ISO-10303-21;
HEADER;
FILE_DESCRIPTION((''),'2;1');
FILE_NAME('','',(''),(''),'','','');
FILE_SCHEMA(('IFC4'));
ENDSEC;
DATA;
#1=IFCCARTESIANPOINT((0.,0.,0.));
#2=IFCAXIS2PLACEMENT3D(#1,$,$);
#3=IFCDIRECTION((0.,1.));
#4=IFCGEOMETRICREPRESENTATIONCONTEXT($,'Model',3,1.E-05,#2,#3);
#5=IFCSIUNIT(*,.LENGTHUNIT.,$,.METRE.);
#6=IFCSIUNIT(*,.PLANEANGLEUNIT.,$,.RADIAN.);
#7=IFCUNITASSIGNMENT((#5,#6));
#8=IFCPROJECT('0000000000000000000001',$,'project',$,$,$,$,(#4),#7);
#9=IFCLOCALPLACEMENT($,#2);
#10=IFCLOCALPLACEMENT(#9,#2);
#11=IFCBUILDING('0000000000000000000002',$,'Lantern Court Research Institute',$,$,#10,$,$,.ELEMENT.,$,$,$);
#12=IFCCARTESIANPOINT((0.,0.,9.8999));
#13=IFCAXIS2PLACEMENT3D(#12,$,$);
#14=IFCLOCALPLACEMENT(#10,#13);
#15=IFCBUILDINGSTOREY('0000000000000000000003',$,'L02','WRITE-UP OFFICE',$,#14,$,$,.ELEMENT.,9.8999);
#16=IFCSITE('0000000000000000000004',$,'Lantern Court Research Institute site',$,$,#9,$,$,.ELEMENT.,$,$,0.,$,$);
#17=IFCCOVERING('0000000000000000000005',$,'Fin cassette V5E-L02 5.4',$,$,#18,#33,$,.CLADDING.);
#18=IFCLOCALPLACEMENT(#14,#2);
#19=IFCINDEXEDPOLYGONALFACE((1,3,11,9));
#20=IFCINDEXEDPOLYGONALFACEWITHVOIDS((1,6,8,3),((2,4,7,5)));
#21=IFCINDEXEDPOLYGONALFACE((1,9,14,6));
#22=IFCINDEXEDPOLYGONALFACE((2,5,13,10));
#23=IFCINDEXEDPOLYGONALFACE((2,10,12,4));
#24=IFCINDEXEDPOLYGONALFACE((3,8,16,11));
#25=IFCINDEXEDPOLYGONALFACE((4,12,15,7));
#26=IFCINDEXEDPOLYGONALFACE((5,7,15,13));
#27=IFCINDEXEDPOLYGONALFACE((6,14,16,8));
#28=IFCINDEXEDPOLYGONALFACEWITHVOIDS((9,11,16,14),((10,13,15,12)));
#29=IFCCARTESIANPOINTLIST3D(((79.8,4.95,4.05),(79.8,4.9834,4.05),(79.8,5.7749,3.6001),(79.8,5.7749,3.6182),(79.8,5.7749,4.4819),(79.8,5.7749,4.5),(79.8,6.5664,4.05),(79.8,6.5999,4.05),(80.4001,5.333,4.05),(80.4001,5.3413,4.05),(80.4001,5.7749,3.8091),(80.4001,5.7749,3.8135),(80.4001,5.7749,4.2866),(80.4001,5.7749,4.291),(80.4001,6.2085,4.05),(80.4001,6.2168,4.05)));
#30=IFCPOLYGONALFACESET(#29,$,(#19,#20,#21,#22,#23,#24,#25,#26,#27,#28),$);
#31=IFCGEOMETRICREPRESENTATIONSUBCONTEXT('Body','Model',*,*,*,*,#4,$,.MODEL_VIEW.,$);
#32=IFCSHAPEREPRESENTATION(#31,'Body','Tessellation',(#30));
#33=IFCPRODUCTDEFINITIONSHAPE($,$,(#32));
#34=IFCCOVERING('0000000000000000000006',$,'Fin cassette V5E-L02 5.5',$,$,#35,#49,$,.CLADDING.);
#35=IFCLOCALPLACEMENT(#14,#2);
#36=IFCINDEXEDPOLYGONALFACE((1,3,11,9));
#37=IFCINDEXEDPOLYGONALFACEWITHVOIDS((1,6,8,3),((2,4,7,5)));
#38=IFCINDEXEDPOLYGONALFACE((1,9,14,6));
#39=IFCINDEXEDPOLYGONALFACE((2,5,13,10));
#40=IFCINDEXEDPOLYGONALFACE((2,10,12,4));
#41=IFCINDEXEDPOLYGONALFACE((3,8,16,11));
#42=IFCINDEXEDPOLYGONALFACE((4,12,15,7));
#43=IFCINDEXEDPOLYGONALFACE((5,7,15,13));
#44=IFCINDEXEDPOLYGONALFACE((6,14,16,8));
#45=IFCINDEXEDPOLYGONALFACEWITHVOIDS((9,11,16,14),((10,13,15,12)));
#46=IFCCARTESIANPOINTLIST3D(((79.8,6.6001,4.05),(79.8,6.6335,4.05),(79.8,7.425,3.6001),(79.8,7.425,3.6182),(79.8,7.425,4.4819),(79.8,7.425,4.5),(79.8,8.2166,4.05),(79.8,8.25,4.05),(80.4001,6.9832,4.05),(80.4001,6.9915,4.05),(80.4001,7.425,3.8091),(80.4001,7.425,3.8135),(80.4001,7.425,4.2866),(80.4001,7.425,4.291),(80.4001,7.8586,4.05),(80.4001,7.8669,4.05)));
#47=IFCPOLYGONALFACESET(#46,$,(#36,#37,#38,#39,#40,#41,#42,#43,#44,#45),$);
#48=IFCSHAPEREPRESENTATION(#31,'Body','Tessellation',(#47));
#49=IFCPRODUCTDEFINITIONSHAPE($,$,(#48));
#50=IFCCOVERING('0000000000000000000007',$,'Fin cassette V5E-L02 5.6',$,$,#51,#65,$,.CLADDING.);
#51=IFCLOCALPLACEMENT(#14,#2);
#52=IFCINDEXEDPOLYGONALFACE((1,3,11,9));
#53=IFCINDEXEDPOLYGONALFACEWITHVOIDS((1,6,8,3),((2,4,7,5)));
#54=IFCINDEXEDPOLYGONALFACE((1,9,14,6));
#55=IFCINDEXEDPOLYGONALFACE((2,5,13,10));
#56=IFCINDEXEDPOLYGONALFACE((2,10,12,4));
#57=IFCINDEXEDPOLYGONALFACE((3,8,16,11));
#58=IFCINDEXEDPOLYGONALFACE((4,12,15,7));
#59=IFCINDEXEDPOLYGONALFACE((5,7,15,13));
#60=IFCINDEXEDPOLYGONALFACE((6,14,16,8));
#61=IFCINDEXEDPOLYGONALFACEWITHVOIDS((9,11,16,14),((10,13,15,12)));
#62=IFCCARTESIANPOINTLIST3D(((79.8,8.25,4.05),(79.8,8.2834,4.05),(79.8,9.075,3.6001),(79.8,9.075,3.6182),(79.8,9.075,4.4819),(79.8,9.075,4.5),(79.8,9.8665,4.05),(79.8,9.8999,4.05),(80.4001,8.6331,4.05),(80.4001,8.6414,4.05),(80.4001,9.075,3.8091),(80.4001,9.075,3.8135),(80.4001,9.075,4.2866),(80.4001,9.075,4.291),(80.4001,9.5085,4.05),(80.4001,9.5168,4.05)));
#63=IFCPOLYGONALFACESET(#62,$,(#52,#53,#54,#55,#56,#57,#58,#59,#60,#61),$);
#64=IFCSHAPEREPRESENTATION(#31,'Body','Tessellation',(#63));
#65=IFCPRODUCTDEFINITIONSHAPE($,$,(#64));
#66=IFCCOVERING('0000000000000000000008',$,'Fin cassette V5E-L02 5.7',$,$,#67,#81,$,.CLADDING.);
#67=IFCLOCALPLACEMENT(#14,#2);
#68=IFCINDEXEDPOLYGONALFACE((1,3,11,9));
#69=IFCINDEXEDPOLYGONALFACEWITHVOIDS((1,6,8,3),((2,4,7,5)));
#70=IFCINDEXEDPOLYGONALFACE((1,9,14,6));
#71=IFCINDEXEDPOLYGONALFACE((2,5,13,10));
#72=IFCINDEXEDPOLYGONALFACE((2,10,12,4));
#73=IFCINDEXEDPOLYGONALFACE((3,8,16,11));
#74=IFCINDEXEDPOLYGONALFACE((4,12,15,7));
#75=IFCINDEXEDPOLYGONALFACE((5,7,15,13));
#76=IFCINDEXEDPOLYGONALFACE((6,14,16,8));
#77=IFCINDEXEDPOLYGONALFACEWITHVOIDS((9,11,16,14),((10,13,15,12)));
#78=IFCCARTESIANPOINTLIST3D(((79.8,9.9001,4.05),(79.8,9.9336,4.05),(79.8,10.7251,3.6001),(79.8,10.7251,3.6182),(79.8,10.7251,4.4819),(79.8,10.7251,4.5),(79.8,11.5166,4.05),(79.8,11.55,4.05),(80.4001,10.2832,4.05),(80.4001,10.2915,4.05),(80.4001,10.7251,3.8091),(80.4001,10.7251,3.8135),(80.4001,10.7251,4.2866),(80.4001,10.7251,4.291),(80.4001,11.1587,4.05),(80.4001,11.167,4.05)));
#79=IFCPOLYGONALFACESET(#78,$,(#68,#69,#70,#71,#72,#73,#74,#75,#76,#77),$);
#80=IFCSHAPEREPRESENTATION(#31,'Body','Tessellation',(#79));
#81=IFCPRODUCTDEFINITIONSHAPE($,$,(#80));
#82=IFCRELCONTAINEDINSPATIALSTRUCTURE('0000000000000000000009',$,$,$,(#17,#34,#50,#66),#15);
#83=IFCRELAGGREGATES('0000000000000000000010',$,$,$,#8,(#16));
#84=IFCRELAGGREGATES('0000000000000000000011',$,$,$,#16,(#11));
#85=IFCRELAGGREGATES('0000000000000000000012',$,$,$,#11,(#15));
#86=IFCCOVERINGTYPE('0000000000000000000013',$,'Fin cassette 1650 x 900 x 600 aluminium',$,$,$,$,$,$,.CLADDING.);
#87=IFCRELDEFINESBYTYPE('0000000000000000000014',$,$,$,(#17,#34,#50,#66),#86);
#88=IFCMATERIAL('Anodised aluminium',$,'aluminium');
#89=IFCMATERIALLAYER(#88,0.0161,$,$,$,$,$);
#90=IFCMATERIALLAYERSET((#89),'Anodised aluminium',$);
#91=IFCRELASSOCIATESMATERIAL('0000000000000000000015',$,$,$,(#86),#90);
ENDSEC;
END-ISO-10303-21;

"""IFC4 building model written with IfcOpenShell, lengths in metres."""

from ifc_helpers import new_model, entity, si_unit, direction, frame, origin, place, context, subcontext, project, spatial, material, layer, layer_set, type_object, element, save


model = new_model("IFC4")

# Units and contexts
model_context = context("Model", 3, precision=1e-05, world=origin(), true_north=direction((0.0, 1.0)))
body_context = subcontext(model_context, "Body", "Model", "MODEL_VIEW")
ifc_project = project(units=[si_unit("LENGTHUNIT", "METRE"), si_unit("PLANEANGLEUNIT", "RADIAN")], contexts=[model_context])

# Site, building, storey
site_placement = place(None, origin())
site = spatial("IfcSite", under=ifc_project, at=site_placement, Name="Lantern Court Research Institute site", CompositionType="ELEMENT", RefElevation=0.0)
building_placement = place(site_placement, origin())
building = spatial("IfcBuilding", under=site, at=building_placement, Name="Lantern Court Research Institute", CompositionType="ELEMENT")
storey_placement = place(building_placement, frame((0.0, 0.0, 9.8999)))
storey = spatial("IfcBuildingStorey", under=building, at=storey_placement, Name="L02", Description="WRITE-UP OFFICE", CompositionType="ELEMENT", Elevation=9.8999)

# Coverings
ifc_material_1 = material(Name="Anodised aluminium", Category="aluminium")
ifc_layer_1 = layer(ifc_material_1, 0.0161)
ifc_layer_set_1 = layer_set([ifc_layer_1], Name="Anodised aluminium")
covering_type = type_object("IfcCoveringType", Name="Fin cassette 1650 x 900 x 600 aluminium", PredefinedType="CLADDING", material=ifc_layer_set_1)
covering_1_placement = place(storey_placement, frame((79.8, 5.7749, 4.05), z_axis=(1.0, 0.0, 0.0), x_axis=(0.0, 1.0, 0.0)))
cartesian_point_1 = entity("IfcCartesianPoint", [0.825, 0.0])
cartesian_point_2 = entity("IfcCartesianPoint", [0.7915, 0.0])
cartesian_point_3 = entity("IfcCartesianPoint", [0.4419, 0.0])
cartesian_point_4 = entity("IfcCartesianPoint", [0.4336, 0.0])
element("IfcCovering", 1, at=covering_1_placement, inside=storey, type_object=covering_type, Name="Fin cassette V5E-L02 5.4", PredefinedType="CLADDING", context=body_context, shape_type="SweptSolid", body=[
    entity("IfcExtrudedAreaSolidTapered", entity("IfcArbitraryProfileDefWithVoids", "AREA", None, entity("IfcPolyline", [cartesian_point_1, entity("IfcCartesianPoint", [0.0, 0.45]), entity("IfcCartesianPoint", [-0.825, 0.0]), entity("IfcCartesianPoint", [0.0, -0.45]), cartesian_point_1]), [entity("IfcPolyline", [cartesian_point_2, entity("IfcCartesianPoint", [0.0, 0.4319]), entity("IfcCartesianPoint", [-0.7915, 0.0]), entity("IfcCartesianPoint", [0.0, -0.4319]), cartesian_point_2])]), entity("IfcAxis2Placement3D", entity("IfcCartesianPoint", [0.0, 0.0, 0.0])), entity("IfcDirection", [0.0, 0.0, 1.0]), 0.6001, entity("IfcArbitraryProfileDefWithVoids", "AREA", None, entity("IfcPolyline", [cartesian_point_3, entity("IfcCartesianPoint", [0.0, 0.241]), entity("IfcCartesianPoint", [-0.4419, 0.0]), entity("IfcCartesianPoint", [0.0, -0.241]), cartesian_point_3]), [entity("IfcPolyline", [cartesian_point_4, entity("IfcCartesianPoint", [0.0, 0.2366]), entity("IfcCartesianPoint", [-0.4336, 0.0]), entity("IfcCartesianPoint", [0.0, -0.2366]), cartesian_point_4])])),
])
covering_2_placement = place(storey_placement, frame((79.8, 7.425, 4.05), z_axis=(1.0, 0.0, 0.0), x_axis=(0.0, 1.0, 0.0)))
cartesian_point_5 = entity("IfcCartesianPoint", [0.825, 0.0])
cartesian_point_6 = entity("IfcCartesianPoint", [0.7915, 0.0])
cartesian_point_7 = entity("IfcCartesianPoint", [0.4419, 0.0])
cartesian_point_8 = entity("IfcCartesianPoint", [0.4336, 0.0])
element("IfcCovering", 2, at=covering_2_placement, inside=storey, type_object=covering_type, Name="Fin cassette V5E-L02 5.5", PredefinedType="CLADDING", context=body_context, shape_type="SweptSolid", body=[
    entity("IfcExtrudedAreaSolidTapered", entity("IfcArbitraryProfileDefWithVoids", "AREA", None, entity("IfcPolyline", [cartesian_point_5, entity("IfcCartesianPoint", [0.0, 0.45]), entity("IfcCartesianPoint", [-0.825, 0.0]), entity("IfcCartesianPoint", [0.0, -0.45]), cartesian_point_5]), [entity("IfcPolyline", [cartesian_point_6, entity("IfcCartesianPoint", [0.0, 0.4319]), entity("IfcCartesianPoint", [-0.7915, 0.0]), entity("IfcCartesianPoint", [0.0, -0.4319]), cartesian_point_6])]), entity("IfcAxis2Placement3D", entity("IfcCartesianPoint", [0.0, 0.0, 0.0])), entity("IfcDirection", [0.0, 0.0, 1.0]), 0.6001, entity("IfcArbitraryProfileDefWithVoids", "AREA", None, entity("IfcPolyline", [cartesian_point_7, entity("IfcCartesianPoint", [0.0, 0.241]), entity("IfcCartesianPoint", [-0.4419, 0.0]), entity("IfcCartesianPoint", [0.0, -0.241]), cartesian_point_7]), [entity("IfcPolyline", [cartesian_point_8, entity("IfcCartesianPoint", [0.0, 0.2366]), entity("IfcCartesianPoint", [-0.4336, 0.0]), entity("IfcCartesianPoint", [0.0, -0.2366]), cartesian_point_8])])),
])
covering_3_placement = place(storey_placement, frame((79.8, 9.075, 4.05), z_axis=(1.0, 0.0, 0.0), x_axis=(0.0, 1.0, 0.0)))
cartesian_point_9 = entity("IfcCartesianPoint", [0.825, 0.0])
cartesian_point_10 = entity("IfcCartesianPoint", [0.7915, 0.0])
cartesian_point_11 = entity("IfcCartesianPoint", [0.4419, 0.0])
cartesian_point_12 = entity("IfcCartesianPoint", [0.4336, 0.0])
element("IfcCovering", 3, at=covering_3_placement, inside=storey, type_object=covering_type, Name="Fin cassette V5E-L02 5.6", PredefinedType="CLADDING", context=body_context, shape_type="SweptSolid", body=[
    entity("IfcExtrudedAreaSolidTapered", entity("IfcArbitraryProfileDefWithVoids", "AREA", None, entity("IfcPolyline", [cartesian_point_9, entity("IfcCartesianPoint", [0.0, 0.45]), entity("IfcCartesianPoint", [-0.825, 0.0]), entity("IfcCartesianPoint", [0.0, -0.45]), cartesian_point_9]), [entity("IfcPolyline", [cartesian_point_10, entity("IfcCartesianPoint", [0.0, 0.4319]), entity("IfcCartesianPoint", [-0.7915, 0.0]), entity("IfcCartesianPoint", [0.0, -0.4319]), cartesian_point_10])]), entity("IfcAxis2Placement3D", entity("IfcCartesianPoint", [0.0, 0.0, 0.0])), entity("IfcDirection", [0.0, 0.0, 1.0]), 0.6001, entity("IfcArbitraryProfileDefWithVoids", "AREA", None, entity("IfcPolyline", [cartesian_point_11, entity("IfcCartesianPoint", [0.0, 0.241]), entity("IfcCartesianPoint", [-0.4419, 0.0]), entity("IfcCartesianPoint", [0.0, -0.241]), cartesian_point_11]), [entity("IfcPolyline", [cartesian_point_12, entity("IfcCartesianPoint", [0.0, 0.2366]), entity("IfcCartesianPoint", [-0.4336, 0.0]), entity("IfcCartesianPoint", [0.0, -0.2366]), cartesian_point_12])])),
])
covering_4_placement = place(storey_placement, frame((79.8, 10.7251, 4.05), z_axis=(1.0, 0.0, 0.0), x_axis=(0.0, 1.0, 0.0)))
cartesian_point_13 = entity("IfcCartesianPoint", [0.825, 0.0])
cartesian_point_14 = entity("IfcCartesianPoint", [0.7915, 0.0])
cartesian_point_15 = entity("IfcCartesianPoint", [0.4419, 0.0])
cartesian_point_16 = entity("IfcCartesianPoint", [0.4336, 0.0])
element("IfcCovering", 4, at=covering_4_placement, inside=storey, type_object=covering_type, Name="Fin cassette V5E-L02 5.7", PredefinedType="CLADDING", context=body_context, shape_type="SweptSolid", body=[
    entity("IfcExtrudedAreaSolidTapered", entity("IfcArbitraryProfileDefWithVoids", "AREA", None, entity("IfcPolyline", [cartesian_point_13, entity("IfcCartesianPoint", [0.0, 0.45]), entity("IfcCartesianPoint", [-0.825, 0.0]), entity("IfcCartesianPoint", [0.0, -0.45]), cartesian_point_13]), [entity("IfcPolyline", [cartesian_point_14, entity("IfcCartesianPoint", [0.0, 0.4319]), entity("IfcCartesianPoint", [-0.7915, 0.0]), entity("IfcCartesianPoint", [0.0, -0.4319]), cartesian_point_14])]), entity("IfcAxis2Placement3D", entity("IfcCartesianPoint", [0.0, 0.0, 0.0])), entity("IfcDirection", [0.0, 0.0, 1.0]), 0.6001, entity("IfcArbitraryProfileDefWithVoids", "AREA", None, entity("IfcPolyline", [cartesian_point_15, entity("IfcCartesianPoint", [0.0, 0.241]), entity("IfcCartesianPoint", [-0.4419, 0.0]), entity("IfcCartesianPoint", [0.0, -0.241]), cartesian_point_15]), [entity("IfcPolyline", [cartesian_point_16, entity("IfcCartesianPoint", [0.0, 0.2366]), entity("IfcCartesianPoint", [-0.4336, 0.0]), entity("IfcCartesianPoint", [0.0, -0.2366]), cartesian_point_16])])),
])

save(model, "model.ifc")
